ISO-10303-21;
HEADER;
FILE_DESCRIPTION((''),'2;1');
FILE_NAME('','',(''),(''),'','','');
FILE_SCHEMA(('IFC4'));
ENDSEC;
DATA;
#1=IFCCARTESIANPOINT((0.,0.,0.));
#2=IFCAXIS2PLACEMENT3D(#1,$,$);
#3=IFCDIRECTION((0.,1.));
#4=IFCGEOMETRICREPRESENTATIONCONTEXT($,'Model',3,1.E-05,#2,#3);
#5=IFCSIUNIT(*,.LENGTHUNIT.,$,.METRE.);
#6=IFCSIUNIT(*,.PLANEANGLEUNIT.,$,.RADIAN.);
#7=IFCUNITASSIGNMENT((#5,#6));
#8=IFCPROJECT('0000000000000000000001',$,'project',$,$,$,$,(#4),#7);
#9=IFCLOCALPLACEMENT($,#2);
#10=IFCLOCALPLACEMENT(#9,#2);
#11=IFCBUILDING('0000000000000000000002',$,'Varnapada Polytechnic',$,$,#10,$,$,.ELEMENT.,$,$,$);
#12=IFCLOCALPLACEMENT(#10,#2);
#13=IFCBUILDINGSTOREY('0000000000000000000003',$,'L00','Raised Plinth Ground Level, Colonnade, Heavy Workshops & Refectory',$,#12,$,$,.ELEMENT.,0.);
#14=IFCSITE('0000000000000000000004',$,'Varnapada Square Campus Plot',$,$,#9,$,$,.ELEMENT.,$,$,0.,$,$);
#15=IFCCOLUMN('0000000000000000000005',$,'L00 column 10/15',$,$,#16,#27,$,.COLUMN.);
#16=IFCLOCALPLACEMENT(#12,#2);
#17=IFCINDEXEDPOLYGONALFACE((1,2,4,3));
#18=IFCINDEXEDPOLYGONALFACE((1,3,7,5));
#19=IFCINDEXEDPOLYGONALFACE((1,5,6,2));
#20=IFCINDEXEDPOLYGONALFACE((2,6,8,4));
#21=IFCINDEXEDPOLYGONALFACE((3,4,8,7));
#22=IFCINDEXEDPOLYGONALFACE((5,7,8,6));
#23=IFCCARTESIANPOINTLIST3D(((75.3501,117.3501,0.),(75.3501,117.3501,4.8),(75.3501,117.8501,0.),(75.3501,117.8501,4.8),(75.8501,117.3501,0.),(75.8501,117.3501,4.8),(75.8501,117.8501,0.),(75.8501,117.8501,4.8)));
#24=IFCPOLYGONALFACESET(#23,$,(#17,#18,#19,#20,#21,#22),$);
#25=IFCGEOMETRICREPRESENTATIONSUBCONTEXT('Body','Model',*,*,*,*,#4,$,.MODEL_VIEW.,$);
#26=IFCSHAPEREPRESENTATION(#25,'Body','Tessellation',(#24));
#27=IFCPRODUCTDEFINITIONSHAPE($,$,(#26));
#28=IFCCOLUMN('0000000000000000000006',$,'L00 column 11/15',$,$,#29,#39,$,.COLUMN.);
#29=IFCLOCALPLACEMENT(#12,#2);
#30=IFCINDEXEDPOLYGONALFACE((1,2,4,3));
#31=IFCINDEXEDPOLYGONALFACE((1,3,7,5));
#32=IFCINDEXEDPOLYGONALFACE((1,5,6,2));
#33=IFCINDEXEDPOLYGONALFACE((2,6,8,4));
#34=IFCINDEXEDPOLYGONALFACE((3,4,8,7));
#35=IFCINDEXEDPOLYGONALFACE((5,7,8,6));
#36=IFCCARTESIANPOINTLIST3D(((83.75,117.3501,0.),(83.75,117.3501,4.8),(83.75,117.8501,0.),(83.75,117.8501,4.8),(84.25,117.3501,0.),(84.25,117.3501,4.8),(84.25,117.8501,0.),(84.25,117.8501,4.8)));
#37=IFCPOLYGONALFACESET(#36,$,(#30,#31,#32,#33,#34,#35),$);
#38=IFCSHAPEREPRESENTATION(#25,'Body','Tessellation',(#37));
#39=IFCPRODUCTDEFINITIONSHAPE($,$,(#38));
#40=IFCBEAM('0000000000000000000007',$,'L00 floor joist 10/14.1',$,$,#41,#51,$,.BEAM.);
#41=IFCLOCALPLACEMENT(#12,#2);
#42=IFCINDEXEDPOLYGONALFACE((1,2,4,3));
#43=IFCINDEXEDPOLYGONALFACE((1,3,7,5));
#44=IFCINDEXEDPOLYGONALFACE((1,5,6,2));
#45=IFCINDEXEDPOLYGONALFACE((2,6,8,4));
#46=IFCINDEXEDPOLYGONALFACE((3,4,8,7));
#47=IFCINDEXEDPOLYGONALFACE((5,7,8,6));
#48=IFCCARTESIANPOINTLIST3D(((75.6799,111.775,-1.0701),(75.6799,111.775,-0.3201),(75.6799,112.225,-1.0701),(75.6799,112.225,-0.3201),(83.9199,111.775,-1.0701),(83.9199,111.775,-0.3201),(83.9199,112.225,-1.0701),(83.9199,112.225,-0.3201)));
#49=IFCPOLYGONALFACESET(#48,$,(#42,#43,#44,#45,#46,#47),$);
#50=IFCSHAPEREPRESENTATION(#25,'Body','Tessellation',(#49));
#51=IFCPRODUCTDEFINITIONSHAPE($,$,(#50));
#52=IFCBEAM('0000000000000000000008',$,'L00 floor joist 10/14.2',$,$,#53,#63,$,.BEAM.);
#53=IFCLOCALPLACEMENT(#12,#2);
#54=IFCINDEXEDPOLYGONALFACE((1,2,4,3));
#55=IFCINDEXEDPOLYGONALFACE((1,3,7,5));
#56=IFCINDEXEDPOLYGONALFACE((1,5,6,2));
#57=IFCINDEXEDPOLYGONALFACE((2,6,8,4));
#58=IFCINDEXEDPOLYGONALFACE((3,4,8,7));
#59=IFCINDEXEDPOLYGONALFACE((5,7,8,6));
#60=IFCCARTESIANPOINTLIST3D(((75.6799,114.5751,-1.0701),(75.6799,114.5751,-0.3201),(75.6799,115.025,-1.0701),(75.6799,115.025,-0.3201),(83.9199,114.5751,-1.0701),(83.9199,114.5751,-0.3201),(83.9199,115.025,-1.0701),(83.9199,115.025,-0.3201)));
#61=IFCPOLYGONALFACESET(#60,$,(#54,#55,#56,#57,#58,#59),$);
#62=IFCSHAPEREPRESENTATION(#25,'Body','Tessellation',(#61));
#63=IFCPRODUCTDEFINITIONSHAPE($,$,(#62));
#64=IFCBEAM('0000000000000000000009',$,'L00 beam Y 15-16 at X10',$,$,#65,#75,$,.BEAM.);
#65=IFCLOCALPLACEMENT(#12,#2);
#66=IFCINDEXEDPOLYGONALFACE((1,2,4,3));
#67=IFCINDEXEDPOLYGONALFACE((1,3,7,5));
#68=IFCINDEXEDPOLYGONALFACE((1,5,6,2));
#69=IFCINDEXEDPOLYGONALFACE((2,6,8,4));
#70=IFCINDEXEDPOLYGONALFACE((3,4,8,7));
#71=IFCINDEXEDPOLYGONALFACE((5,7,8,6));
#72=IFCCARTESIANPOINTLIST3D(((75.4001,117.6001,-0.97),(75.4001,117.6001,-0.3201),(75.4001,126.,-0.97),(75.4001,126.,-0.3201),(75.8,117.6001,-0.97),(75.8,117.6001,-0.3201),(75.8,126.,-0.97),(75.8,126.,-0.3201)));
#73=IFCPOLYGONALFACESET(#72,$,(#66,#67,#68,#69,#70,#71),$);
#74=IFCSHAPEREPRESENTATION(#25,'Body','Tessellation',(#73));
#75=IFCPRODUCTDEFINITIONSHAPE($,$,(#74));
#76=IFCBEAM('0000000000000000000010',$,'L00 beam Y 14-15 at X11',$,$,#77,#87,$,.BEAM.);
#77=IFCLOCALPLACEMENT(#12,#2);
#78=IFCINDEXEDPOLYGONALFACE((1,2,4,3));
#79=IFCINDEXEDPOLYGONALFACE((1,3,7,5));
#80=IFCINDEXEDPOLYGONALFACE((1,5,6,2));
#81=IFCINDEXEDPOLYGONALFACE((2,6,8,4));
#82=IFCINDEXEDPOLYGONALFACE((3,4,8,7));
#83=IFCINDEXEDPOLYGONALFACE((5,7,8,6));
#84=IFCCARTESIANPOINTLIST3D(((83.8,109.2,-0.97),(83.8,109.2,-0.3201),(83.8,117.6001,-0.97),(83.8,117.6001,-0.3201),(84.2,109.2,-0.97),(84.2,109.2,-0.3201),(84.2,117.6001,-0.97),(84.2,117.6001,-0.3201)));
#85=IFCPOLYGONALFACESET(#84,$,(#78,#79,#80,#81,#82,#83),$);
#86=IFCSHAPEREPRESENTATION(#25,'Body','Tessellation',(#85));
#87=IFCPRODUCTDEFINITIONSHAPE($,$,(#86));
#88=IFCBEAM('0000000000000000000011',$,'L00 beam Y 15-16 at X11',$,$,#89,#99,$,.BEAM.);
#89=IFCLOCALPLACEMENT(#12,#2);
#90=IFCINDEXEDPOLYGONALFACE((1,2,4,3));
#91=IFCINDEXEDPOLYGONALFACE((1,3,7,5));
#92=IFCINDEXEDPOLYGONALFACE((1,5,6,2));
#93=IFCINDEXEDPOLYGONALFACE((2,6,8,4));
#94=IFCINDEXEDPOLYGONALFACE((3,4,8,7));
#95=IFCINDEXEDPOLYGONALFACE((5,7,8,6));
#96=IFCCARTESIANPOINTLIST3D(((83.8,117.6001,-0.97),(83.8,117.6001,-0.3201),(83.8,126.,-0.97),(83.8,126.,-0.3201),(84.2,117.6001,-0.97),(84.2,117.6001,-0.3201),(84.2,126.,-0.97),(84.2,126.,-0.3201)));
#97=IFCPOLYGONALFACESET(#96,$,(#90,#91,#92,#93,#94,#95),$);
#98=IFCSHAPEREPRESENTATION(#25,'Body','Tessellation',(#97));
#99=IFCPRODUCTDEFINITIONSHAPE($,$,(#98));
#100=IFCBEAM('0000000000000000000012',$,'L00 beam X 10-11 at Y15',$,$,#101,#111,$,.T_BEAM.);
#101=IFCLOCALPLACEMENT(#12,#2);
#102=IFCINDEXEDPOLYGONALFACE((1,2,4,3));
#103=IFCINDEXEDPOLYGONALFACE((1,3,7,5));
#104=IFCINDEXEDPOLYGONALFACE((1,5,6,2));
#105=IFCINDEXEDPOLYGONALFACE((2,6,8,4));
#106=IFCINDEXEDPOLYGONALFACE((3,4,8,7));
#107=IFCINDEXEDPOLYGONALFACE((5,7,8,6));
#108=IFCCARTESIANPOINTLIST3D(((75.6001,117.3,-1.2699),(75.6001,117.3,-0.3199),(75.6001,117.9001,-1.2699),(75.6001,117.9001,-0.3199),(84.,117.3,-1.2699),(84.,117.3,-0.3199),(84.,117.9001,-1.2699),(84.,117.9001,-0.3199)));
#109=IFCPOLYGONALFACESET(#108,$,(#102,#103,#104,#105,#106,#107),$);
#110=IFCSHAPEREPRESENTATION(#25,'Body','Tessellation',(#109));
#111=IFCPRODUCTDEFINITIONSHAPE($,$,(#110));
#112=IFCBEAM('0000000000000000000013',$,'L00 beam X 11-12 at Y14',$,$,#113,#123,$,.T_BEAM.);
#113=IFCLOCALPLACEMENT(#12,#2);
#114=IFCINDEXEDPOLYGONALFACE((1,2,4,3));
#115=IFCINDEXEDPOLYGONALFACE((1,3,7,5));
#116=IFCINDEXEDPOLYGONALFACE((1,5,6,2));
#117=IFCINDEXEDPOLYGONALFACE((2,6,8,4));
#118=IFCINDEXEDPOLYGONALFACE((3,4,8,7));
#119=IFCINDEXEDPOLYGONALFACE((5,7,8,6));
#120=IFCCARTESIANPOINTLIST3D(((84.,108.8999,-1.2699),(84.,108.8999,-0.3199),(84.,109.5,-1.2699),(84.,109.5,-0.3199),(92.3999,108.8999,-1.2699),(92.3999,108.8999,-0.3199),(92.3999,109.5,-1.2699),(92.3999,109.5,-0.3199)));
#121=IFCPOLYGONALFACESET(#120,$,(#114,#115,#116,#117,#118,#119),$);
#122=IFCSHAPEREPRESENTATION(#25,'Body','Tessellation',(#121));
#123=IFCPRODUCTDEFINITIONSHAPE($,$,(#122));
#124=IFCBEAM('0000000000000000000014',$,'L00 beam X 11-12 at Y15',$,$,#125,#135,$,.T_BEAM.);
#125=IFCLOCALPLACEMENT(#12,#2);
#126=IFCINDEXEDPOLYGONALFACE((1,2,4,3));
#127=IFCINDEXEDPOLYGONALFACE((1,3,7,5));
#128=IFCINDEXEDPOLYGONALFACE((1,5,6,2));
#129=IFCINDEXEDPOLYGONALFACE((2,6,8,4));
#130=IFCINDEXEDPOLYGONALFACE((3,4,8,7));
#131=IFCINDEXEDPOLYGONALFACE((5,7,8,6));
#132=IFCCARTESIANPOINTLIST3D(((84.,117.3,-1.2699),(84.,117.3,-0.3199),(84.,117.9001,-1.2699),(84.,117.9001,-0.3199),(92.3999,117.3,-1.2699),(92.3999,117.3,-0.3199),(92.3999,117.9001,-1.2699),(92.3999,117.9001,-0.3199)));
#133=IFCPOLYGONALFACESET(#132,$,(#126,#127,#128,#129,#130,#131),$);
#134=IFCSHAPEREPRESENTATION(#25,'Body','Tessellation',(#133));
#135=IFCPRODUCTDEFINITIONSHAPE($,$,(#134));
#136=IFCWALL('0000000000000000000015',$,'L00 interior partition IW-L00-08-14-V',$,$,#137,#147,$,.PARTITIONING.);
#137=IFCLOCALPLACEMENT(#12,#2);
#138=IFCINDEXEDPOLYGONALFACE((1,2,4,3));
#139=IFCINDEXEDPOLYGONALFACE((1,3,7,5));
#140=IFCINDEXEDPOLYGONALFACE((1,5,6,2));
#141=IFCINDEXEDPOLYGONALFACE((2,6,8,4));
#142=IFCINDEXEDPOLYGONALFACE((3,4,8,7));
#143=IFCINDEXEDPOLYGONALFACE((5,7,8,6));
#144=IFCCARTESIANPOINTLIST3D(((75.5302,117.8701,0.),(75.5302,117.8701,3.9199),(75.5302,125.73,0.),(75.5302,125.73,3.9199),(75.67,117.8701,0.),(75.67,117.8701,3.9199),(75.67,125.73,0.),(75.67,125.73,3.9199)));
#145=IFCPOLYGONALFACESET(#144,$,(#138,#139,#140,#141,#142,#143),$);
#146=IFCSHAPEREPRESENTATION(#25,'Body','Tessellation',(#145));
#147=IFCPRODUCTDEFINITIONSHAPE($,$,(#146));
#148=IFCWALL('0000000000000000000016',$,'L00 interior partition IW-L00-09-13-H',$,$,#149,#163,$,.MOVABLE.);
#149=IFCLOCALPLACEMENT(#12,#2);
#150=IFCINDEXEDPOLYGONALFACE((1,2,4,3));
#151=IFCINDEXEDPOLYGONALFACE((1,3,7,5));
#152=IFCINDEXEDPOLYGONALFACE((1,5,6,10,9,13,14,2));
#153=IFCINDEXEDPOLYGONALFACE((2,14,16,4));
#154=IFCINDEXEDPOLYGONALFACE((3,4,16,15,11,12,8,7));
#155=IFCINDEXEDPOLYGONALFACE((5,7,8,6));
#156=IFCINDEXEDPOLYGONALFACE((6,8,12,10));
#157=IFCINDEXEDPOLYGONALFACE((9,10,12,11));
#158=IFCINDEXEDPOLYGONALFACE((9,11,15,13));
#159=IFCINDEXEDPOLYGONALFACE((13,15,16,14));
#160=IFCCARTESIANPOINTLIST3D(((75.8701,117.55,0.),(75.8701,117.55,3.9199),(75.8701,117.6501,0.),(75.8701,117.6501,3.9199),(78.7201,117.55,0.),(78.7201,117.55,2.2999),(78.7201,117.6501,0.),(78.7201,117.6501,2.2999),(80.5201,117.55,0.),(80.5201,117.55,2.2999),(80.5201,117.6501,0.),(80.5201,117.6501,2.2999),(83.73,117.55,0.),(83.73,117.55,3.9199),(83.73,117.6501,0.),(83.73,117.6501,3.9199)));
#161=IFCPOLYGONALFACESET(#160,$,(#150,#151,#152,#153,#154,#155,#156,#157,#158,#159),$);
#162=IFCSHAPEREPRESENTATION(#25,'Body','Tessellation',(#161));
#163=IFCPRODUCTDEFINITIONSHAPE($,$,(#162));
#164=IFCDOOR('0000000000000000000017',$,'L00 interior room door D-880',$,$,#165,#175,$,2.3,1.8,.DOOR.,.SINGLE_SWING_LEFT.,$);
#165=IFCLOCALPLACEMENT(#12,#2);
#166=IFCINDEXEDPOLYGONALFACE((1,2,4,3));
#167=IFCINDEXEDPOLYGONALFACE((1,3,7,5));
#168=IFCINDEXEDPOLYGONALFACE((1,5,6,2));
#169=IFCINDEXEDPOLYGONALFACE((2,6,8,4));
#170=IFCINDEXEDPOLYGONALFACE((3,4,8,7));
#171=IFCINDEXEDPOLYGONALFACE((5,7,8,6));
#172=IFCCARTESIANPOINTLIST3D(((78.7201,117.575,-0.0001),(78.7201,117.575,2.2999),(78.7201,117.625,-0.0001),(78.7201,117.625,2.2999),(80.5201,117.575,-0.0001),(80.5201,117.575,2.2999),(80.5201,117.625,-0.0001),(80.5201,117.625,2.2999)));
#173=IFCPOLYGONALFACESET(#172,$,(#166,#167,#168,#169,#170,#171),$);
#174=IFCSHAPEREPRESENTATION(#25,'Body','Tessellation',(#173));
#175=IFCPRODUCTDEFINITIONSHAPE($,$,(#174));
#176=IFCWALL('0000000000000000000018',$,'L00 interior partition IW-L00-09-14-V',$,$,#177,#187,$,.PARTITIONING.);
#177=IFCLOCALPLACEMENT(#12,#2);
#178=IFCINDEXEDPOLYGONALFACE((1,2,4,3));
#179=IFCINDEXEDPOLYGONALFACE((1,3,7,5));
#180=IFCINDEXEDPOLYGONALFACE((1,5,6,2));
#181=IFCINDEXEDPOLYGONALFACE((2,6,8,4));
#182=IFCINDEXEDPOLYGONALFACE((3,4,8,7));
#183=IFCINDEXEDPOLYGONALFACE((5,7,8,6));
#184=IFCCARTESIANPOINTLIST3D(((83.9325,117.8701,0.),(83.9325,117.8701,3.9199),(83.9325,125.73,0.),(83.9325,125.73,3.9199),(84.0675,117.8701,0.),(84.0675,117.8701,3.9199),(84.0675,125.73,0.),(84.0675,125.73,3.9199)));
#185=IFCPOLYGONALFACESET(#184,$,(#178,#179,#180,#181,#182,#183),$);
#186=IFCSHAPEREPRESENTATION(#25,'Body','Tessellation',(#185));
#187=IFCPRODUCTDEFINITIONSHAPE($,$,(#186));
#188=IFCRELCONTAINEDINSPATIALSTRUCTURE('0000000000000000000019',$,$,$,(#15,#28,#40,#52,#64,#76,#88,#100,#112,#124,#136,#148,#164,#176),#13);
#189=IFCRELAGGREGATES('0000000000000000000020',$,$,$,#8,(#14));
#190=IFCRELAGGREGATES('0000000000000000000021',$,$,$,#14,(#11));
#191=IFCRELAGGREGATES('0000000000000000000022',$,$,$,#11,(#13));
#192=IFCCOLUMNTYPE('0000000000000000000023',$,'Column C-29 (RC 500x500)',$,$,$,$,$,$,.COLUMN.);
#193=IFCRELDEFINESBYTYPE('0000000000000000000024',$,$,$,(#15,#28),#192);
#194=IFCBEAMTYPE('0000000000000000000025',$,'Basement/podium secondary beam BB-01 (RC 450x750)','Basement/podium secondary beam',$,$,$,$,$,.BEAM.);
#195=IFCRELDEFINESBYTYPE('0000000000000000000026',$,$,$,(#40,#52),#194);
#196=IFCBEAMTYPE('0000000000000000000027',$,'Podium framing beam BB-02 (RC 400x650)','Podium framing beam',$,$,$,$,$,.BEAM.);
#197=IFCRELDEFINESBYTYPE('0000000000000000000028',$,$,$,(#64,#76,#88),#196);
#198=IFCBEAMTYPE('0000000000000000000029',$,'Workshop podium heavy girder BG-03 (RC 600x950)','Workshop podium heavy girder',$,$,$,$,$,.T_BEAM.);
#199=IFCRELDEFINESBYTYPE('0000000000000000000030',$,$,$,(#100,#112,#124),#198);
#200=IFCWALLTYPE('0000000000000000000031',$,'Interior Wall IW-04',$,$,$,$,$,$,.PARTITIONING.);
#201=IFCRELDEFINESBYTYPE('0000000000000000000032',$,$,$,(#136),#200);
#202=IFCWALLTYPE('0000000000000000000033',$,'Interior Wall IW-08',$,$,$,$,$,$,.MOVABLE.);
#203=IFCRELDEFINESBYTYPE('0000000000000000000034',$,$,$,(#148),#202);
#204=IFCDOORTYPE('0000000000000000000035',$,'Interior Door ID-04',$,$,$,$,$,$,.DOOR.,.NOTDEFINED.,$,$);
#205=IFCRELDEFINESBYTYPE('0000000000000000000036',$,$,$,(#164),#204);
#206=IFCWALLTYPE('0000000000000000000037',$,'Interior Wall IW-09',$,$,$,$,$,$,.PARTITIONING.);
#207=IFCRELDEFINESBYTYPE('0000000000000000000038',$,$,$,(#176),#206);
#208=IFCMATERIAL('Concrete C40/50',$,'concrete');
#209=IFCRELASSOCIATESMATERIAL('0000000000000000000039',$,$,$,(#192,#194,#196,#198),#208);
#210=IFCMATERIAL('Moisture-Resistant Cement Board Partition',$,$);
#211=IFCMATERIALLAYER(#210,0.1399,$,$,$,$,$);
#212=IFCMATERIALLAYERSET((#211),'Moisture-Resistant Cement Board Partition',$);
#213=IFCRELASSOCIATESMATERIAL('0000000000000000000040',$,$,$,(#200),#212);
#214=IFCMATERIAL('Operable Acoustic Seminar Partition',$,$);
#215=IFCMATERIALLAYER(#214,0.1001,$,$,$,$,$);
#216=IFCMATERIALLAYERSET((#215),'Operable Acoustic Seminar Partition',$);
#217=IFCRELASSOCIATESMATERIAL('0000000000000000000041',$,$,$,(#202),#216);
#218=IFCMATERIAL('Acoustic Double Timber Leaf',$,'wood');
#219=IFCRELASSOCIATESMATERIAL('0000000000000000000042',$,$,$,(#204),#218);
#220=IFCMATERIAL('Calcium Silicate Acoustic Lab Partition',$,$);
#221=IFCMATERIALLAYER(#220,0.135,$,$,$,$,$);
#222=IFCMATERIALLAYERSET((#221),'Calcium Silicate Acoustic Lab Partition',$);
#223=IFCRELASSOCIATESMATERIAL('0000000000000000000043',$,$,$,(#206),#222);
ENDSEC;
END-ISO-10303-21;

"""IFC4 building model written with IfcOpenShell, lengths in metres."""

from ifc_helpers import new_model, si_unit, direction, frame, frame_2d, origin, origin_2d, place, context, subcontext, project, spatial, rectangle, extrude, material, layer, layer_set, material_profile, profile_set, type_object, element, fill, save


model = new_model("IFC4")

# Units and contexts
model_context = context("Model", 3, precision=1e-05, world=origin(), true_north=direction((0.0, 1.0)))
body_context = subcontext(model_context, "Body", "Model", "MODEL_VIEW")
ifc_project = project(units=[si_unit("LENGTHUNIT", "METRE"), si_unit("PLANEANGLEUNIT", "RADIAN")], contexts=[model_context])

# Site, building, storey
site_placement = place(None, origin())
site = spatial("IfcSite", under=ifc_project, at=site_placement, Name="Varnapada Square Campus Plot", CompositionType="ELEMENT", RefElevation=0.0)
building_placement = place(site_placement, origin())
building = spatial("IfcBuilding", under=site, at=building_placement, Name="Varnapada Polytechnic", CompositionType="ELEMENT")
storey_placement = place(building_placement, origin())
storey = spatial("IfcBuildingStorey", under=building, at=storey_placement, Name="L00", Description="Raised Plinth Ground Level, Colonnade, Heavy Workshops & Refectory", CompositionType="ELEMENT", Elevation=0.0)

# Columns
ifc_material_1 = material(Name="Concrete C40/50", Category="concrete")
ifc_material_profile_1 = material_profile(ifc_material_1, rectangle(XDim=0.5, YDim=0.5, at=origin_2d()), Name="RC 500x500")
ifc_profile_set_1 = profile_set([ifc_material_profile_1], Name="Concrete C40/50")
column_type = type_object("IfcColumnType", Name="Column C-29 (RC 500x500)", PredefinedType="COLUMN", material=ifc_profile_set_1)
for number, where, z_axis, x_axis, name in (
    (1, (75.6001, 117.6001, 0.0), (0.0, 0.0, 1.0), (1.0, 0.0, 0.0), "L00 column 10/15"),
    (2, (84.0, 117.6001, 0.0), (0.0, 0.0, 1.0), (1.0, 0.0, 0.0), "L00 column 11/15"),
):
    element("IfcColumn", number, at=place(storey_placement, frame(where, z_axis=z_axis, x_axis=x_axis)), inside=storey, type_object=column_type, Name=name, PredefinedType="COLUMN", context=body_context, shape_type="SweptSolid", body=[
        extrude(rectangle(XDim=0.5, YDim=0.5, at=origin_2d()), origin(), (0.0, 0.0, 1.0), 4.8),
    ])

# Beams
ifc_material_profile_2 = material_profile(ifc_material_1, rectangle(XDim=0.45, YDim=0.75, at=origin_2d()), Name="RC 450x750")
ifc_profile_set_2 = profile_set([ifc_material_profile_2], Name="Concrete C40/50")
beam_type_1 = type_object("IfcBeamType", Name="Basement/podium secondary beam BB-01 (RC 450x750)", Description="Basement/podium secondary beam", PredefinedType="BEAM", material=ifc_profile_set_2)
for number, where, z_axis, x_axis, name in (
    (3, (75.6799, 112.0, -0.6951), (1.0, 0.0, 0.0), (0.0, 1.0, 0.0), "L00 floor joist 10/14.1"),
    (4, (75.6799, 114.8, -0.6951), (1.0, 0.0, 0.0), (0.0, 1.0, 0.0), "L00 floor joist 10/14.2"),
):
    element("IfcBeam", number, at=place(storey_placement, frame(where, z_axis=z_axis, x_axis=x_axis)), inside=storey, type_object=beam_type_1, Name=name, PredefinedType="BEAM", context=body_context, shape_type="SweptSolid", body=[
        extrude(rectangle(XDim=0.45, YDim=0.75, at=origin_2d()), origin(), (0.0, 0.0, 1.0), 8.24),
    ])
ifc_material_profile_3 = material_profile(ifc_material_1, rectangle(XDim=0.3999, YDim=0.6499, at=origin_2d()), Name="RC 400x650")
ifc_profile_set_3 = profile_set([ifc_material_profile_3], Name="Concrete C40/50")
beam_type_2 = type_object("IfcBeamType", Name="Podium framing beam BB-02 (RC 400x650)", Description="Podium framing beam", PredefinedType="BEAM", material=ifc_profile_set_3)
beam_1_placement = place(storey_placement, frame((75.6001, 117.6001, -0.645), z_axis=(0.0, 1.0, 0.0), x_axis=(-1.0, 0.0, 0.0)))
element("IfcBeam", 5, at=beam_1_placement, inside=storey, type_object=beam_type_2, Name="L00 beam Y 15-16 at X10", PredefinedType="BEAM", context=body_context, shape_type="SweptSolid", body=[
    extrude(rectangle(XDim=0.3999, YDim=0.6499, at=origin_2d()), origin(), (0.0, 0.0, 1.0), 8.3999),
])
beam_2_placement = place(storey_placement, frame((84.0, 109.2, -0.645), z_axis=(0.0, 1.0, 0.0), x_axis=(-1.0, 0.0, 0.0)))
element("IfcBeam", 6, at=beam_2_placement, inside=storey, type_object=beam_type_2, Name="L00 beam Y 14-15 at X11", PredefinedType="BEAM", context=body_context, shape_type="SweptSolid", body=[
    extrude(rectangle(XDim=0.3999, YDim=0.6499, at=origin_2d()), origin(), (0.0, 0.0, 1.0), 8.4001),
])
beam_3_placement = place(storey_placement, frame((84.0, 117.6001, -0.645), z_axis=(0.0, 1.0, 0.0), x_axis=(-1.0, 0.0, 0.0)))
element("IfcBeam", 7, at=beam_3_placement, inside=storey, type_object=beam_type_2, Name="L00 beam Y 15-16 at X11", PredefinedType="BEAM", context=body_context, shape_type="SweptSolid", body=[
    extrude(rectangle(XDim=0.3999, YDim=0.6499, at=origin_2d()), origin(), (0.0, 0.0, 1.0), 8.3999),
])
ifc_material_profile_4 = material_profile(ifc_material_1, rectangle(XDim=0.6001, YDim=0.95, at=origin_2d()), Name="RC 600x950")
ifc_profile_set_4 = profile_set([ifc_material_profile_4], Name="Concrete C40/50")
beam_type_3 = type_object("IfcBeamType", Name="Workshop podium heavy girder BG-03 (RC 600x950)", Description="Workshop podium heavy girder", PredefinedType="T_BEAM", material=ifc_profile_set_4)
for number, where, z_axis, x_axis, name in (
    (8, (75.6001, 117.6001, -0.7949), (1.0, 0.0, 0.0), (0.0, 1.0, 0.0), "L00 beam X 10-11 at Y15"),
    (9, (84.0, 109.2, -0.7949), (1.0, 0.0, 0.0), (0.0, 1.0, 0.0), "L00 beam X 11-12 at Y14"),
    (10, (84.0, 117.6001, -0.7949), (1.0, 0.0, 0.0), (0.0, 1.0, 0.0), "L00 beam X 11-12 at Y15"),
):
    element("IfcBeam", number, at=place(storey_placement, frame(where, z_axis=z_axis, x_axis=x_axis)), inside=storey, type_object=beam_type_3, Name=name, PredefinedType="T_BEAM", context=body_context, shape_type="SweptSolid", body=[
        extrude(rectangle(XDim=0.6001, YDim=0.95, at=origin_2d()), origin(), (0.0, 0.0, 1.0), 8.3999),
    ])

# Wall
ifc_material_2 = material(Name="Moisture-Resistant Cement Board Partition")
ifc_layer_1 = layer(ifc_material_2, 0.1399)
ifc_layer_set_1 = layer_set([ifc_layer_1], Name="Moisture-Resistant Cement Board Partition")
wall_type_1 = type_object("IfcWallType", Name="Interior Wall IW-04", PredefinedType="PARTITIONING", material=ifc_layer_set_1)
wall_1_placement = place(storey_placement, frame((75.6001, 117.8701, 0.0), z_axis=(0.0, 0.0, 1.0), x_axis=(0.0, 1.0, 0.0)))
element("IfcWall", 11, at=wall_1_placement, inside=storey, type_object=wall_type_1, Name="L00 interior partition IW-L00-08-14-V", PredefinedType="PARTITIONING", context=body_context, shape_type="SweptSolid", body=[
    extrude(rectangle(XDim=7.8599, YDim=0.1399, at=frame_2d((3.9299, 0.0))), origin(), (0.0, 0.0, 1.0), 3.9199),
])

# Wall, opening, door
ifc_material_3 = material(Name="Operable Acoustic Seminar Partition")
ifc_layer_2 = layer(ifc_material_3, 0.1001)
ifc_layer_set_2 = layer_set([ifc_layer_2], Name="Operable Acoustic Seminar Partition")
wall_type_2 = type_object("IfcWallType", Name="Interior Wall IW-08", PredefinedType="MOVABLE", material=ifc_layer_set_2)
wall_2_placement = place(storey_placement, frame((75.8701, 117.6001, 0.0), z_axis=(0.0, 0.0, 1.0), x_axis=(1.0, 0.0, 0.0)))
wall_2 = element("IfcWall", 12, at=wall_2_placement, inside=storey, type_object=wall_type_2, Name="L00 interior partition IW-L00-09-13-H", PredefinedType="MOVABLE", context=body_context, shape_type="SweptSolid", body=[
    extrude(rectangle(XDim=7.8599, YDim=0.1001, at=frame_2d((3.9299, 0.0))), origin(), (0.0, 0.0, 1.0), 3.9199),
])
opening_placement = place(wall_2_placement, frame((2.8501, 0.0, 0.0)))
opening = element("IfcOpeningElement", 13, at=opening_placement, cuts=wall_2, PredefinedType="OPENING", context=body_context, shape_type="SweptSolid", body=[
    extrude(rectangle(XDim=1.8, YDim=2.3, at=frame_2d((0.8999, 1.1499))), frame((0.0, 0.0601, 0.0), z_axis=(0.0, -1.0, 0.0), x_axis=(1.0, 0.0, 0.0)), (0.0, 0.0, 1.0), 0.1201),
])
ifc_material_4 = material(Name="Acoustic Double Timber Leaf", Category="wood")
door_type = type_object("IfcDoorType", Name="Interior Door ID-04", OperationType="NOTDEFINED", PredefinedType="DOOR", material=ifc_material_4)
door_placement = place(opening_placement, origin())
door = element("IfcDoor", 14, at=door_placement, inside=storey, type_object=door_type, Name="L00 interior room door D-880", OperationType="SINGLE_SWING_LEFT", OverallHeight=2.3, OverallWidth=1.8, PredefinedType="DOOR", context=body_context, shape_type="SweptSolid", body=[
    extrude(rectangle(XDim=1.8, YDim=2.3, at=frame_2d((0.8999, 1.1499))), frame((0.0, 0.0249, 0.0), z_axis=(0.0, -1.0, 0.0), x_axis=(1.0, 0.0, 0.0)), (0.0, 0.0, 1.0), 0.05),
])
fill(opening, door)

# Wall
ifc_material_5 = material(Name="Calcium Silicate Acoustic Lab Partition")
ifc_layer_3 = layer(ifc_material_5, 0.135)
ifc_layer_set_3 = layer_set([ifc_layer_3], Name="Calcium Silicate Acoustic Lab Partition")
wall_type_3 = type_object("IfcWallType", Name="Interior Wall IW-09", PredefinedType="PARTITIONING", material=ifc_layer_set_3)
wall_3_placement = place(storey_placement, frame((84.0, 117.8701, 0.0), z_axis=(0.0, 0.0, 1.0), x_axis=(0.0, 1.0, 0.0)))
element("IfcWall", 15, at=wall_3_placement, inside=storey, type_object=wall_type_3, Name="L00 interior partition IW-L00-09-14-V", PredefinedType="PARTITIONING", context=body_context, shape_type="SweptSolid", body=[
    extrude(rectangle(XDim=7.8599, YDim=0.135, at=frame_2d((3.9299, 0.0))), origin(), (0.0, 0.0, 1.0), 3.9199),
])

save(model, "model.ifc")
